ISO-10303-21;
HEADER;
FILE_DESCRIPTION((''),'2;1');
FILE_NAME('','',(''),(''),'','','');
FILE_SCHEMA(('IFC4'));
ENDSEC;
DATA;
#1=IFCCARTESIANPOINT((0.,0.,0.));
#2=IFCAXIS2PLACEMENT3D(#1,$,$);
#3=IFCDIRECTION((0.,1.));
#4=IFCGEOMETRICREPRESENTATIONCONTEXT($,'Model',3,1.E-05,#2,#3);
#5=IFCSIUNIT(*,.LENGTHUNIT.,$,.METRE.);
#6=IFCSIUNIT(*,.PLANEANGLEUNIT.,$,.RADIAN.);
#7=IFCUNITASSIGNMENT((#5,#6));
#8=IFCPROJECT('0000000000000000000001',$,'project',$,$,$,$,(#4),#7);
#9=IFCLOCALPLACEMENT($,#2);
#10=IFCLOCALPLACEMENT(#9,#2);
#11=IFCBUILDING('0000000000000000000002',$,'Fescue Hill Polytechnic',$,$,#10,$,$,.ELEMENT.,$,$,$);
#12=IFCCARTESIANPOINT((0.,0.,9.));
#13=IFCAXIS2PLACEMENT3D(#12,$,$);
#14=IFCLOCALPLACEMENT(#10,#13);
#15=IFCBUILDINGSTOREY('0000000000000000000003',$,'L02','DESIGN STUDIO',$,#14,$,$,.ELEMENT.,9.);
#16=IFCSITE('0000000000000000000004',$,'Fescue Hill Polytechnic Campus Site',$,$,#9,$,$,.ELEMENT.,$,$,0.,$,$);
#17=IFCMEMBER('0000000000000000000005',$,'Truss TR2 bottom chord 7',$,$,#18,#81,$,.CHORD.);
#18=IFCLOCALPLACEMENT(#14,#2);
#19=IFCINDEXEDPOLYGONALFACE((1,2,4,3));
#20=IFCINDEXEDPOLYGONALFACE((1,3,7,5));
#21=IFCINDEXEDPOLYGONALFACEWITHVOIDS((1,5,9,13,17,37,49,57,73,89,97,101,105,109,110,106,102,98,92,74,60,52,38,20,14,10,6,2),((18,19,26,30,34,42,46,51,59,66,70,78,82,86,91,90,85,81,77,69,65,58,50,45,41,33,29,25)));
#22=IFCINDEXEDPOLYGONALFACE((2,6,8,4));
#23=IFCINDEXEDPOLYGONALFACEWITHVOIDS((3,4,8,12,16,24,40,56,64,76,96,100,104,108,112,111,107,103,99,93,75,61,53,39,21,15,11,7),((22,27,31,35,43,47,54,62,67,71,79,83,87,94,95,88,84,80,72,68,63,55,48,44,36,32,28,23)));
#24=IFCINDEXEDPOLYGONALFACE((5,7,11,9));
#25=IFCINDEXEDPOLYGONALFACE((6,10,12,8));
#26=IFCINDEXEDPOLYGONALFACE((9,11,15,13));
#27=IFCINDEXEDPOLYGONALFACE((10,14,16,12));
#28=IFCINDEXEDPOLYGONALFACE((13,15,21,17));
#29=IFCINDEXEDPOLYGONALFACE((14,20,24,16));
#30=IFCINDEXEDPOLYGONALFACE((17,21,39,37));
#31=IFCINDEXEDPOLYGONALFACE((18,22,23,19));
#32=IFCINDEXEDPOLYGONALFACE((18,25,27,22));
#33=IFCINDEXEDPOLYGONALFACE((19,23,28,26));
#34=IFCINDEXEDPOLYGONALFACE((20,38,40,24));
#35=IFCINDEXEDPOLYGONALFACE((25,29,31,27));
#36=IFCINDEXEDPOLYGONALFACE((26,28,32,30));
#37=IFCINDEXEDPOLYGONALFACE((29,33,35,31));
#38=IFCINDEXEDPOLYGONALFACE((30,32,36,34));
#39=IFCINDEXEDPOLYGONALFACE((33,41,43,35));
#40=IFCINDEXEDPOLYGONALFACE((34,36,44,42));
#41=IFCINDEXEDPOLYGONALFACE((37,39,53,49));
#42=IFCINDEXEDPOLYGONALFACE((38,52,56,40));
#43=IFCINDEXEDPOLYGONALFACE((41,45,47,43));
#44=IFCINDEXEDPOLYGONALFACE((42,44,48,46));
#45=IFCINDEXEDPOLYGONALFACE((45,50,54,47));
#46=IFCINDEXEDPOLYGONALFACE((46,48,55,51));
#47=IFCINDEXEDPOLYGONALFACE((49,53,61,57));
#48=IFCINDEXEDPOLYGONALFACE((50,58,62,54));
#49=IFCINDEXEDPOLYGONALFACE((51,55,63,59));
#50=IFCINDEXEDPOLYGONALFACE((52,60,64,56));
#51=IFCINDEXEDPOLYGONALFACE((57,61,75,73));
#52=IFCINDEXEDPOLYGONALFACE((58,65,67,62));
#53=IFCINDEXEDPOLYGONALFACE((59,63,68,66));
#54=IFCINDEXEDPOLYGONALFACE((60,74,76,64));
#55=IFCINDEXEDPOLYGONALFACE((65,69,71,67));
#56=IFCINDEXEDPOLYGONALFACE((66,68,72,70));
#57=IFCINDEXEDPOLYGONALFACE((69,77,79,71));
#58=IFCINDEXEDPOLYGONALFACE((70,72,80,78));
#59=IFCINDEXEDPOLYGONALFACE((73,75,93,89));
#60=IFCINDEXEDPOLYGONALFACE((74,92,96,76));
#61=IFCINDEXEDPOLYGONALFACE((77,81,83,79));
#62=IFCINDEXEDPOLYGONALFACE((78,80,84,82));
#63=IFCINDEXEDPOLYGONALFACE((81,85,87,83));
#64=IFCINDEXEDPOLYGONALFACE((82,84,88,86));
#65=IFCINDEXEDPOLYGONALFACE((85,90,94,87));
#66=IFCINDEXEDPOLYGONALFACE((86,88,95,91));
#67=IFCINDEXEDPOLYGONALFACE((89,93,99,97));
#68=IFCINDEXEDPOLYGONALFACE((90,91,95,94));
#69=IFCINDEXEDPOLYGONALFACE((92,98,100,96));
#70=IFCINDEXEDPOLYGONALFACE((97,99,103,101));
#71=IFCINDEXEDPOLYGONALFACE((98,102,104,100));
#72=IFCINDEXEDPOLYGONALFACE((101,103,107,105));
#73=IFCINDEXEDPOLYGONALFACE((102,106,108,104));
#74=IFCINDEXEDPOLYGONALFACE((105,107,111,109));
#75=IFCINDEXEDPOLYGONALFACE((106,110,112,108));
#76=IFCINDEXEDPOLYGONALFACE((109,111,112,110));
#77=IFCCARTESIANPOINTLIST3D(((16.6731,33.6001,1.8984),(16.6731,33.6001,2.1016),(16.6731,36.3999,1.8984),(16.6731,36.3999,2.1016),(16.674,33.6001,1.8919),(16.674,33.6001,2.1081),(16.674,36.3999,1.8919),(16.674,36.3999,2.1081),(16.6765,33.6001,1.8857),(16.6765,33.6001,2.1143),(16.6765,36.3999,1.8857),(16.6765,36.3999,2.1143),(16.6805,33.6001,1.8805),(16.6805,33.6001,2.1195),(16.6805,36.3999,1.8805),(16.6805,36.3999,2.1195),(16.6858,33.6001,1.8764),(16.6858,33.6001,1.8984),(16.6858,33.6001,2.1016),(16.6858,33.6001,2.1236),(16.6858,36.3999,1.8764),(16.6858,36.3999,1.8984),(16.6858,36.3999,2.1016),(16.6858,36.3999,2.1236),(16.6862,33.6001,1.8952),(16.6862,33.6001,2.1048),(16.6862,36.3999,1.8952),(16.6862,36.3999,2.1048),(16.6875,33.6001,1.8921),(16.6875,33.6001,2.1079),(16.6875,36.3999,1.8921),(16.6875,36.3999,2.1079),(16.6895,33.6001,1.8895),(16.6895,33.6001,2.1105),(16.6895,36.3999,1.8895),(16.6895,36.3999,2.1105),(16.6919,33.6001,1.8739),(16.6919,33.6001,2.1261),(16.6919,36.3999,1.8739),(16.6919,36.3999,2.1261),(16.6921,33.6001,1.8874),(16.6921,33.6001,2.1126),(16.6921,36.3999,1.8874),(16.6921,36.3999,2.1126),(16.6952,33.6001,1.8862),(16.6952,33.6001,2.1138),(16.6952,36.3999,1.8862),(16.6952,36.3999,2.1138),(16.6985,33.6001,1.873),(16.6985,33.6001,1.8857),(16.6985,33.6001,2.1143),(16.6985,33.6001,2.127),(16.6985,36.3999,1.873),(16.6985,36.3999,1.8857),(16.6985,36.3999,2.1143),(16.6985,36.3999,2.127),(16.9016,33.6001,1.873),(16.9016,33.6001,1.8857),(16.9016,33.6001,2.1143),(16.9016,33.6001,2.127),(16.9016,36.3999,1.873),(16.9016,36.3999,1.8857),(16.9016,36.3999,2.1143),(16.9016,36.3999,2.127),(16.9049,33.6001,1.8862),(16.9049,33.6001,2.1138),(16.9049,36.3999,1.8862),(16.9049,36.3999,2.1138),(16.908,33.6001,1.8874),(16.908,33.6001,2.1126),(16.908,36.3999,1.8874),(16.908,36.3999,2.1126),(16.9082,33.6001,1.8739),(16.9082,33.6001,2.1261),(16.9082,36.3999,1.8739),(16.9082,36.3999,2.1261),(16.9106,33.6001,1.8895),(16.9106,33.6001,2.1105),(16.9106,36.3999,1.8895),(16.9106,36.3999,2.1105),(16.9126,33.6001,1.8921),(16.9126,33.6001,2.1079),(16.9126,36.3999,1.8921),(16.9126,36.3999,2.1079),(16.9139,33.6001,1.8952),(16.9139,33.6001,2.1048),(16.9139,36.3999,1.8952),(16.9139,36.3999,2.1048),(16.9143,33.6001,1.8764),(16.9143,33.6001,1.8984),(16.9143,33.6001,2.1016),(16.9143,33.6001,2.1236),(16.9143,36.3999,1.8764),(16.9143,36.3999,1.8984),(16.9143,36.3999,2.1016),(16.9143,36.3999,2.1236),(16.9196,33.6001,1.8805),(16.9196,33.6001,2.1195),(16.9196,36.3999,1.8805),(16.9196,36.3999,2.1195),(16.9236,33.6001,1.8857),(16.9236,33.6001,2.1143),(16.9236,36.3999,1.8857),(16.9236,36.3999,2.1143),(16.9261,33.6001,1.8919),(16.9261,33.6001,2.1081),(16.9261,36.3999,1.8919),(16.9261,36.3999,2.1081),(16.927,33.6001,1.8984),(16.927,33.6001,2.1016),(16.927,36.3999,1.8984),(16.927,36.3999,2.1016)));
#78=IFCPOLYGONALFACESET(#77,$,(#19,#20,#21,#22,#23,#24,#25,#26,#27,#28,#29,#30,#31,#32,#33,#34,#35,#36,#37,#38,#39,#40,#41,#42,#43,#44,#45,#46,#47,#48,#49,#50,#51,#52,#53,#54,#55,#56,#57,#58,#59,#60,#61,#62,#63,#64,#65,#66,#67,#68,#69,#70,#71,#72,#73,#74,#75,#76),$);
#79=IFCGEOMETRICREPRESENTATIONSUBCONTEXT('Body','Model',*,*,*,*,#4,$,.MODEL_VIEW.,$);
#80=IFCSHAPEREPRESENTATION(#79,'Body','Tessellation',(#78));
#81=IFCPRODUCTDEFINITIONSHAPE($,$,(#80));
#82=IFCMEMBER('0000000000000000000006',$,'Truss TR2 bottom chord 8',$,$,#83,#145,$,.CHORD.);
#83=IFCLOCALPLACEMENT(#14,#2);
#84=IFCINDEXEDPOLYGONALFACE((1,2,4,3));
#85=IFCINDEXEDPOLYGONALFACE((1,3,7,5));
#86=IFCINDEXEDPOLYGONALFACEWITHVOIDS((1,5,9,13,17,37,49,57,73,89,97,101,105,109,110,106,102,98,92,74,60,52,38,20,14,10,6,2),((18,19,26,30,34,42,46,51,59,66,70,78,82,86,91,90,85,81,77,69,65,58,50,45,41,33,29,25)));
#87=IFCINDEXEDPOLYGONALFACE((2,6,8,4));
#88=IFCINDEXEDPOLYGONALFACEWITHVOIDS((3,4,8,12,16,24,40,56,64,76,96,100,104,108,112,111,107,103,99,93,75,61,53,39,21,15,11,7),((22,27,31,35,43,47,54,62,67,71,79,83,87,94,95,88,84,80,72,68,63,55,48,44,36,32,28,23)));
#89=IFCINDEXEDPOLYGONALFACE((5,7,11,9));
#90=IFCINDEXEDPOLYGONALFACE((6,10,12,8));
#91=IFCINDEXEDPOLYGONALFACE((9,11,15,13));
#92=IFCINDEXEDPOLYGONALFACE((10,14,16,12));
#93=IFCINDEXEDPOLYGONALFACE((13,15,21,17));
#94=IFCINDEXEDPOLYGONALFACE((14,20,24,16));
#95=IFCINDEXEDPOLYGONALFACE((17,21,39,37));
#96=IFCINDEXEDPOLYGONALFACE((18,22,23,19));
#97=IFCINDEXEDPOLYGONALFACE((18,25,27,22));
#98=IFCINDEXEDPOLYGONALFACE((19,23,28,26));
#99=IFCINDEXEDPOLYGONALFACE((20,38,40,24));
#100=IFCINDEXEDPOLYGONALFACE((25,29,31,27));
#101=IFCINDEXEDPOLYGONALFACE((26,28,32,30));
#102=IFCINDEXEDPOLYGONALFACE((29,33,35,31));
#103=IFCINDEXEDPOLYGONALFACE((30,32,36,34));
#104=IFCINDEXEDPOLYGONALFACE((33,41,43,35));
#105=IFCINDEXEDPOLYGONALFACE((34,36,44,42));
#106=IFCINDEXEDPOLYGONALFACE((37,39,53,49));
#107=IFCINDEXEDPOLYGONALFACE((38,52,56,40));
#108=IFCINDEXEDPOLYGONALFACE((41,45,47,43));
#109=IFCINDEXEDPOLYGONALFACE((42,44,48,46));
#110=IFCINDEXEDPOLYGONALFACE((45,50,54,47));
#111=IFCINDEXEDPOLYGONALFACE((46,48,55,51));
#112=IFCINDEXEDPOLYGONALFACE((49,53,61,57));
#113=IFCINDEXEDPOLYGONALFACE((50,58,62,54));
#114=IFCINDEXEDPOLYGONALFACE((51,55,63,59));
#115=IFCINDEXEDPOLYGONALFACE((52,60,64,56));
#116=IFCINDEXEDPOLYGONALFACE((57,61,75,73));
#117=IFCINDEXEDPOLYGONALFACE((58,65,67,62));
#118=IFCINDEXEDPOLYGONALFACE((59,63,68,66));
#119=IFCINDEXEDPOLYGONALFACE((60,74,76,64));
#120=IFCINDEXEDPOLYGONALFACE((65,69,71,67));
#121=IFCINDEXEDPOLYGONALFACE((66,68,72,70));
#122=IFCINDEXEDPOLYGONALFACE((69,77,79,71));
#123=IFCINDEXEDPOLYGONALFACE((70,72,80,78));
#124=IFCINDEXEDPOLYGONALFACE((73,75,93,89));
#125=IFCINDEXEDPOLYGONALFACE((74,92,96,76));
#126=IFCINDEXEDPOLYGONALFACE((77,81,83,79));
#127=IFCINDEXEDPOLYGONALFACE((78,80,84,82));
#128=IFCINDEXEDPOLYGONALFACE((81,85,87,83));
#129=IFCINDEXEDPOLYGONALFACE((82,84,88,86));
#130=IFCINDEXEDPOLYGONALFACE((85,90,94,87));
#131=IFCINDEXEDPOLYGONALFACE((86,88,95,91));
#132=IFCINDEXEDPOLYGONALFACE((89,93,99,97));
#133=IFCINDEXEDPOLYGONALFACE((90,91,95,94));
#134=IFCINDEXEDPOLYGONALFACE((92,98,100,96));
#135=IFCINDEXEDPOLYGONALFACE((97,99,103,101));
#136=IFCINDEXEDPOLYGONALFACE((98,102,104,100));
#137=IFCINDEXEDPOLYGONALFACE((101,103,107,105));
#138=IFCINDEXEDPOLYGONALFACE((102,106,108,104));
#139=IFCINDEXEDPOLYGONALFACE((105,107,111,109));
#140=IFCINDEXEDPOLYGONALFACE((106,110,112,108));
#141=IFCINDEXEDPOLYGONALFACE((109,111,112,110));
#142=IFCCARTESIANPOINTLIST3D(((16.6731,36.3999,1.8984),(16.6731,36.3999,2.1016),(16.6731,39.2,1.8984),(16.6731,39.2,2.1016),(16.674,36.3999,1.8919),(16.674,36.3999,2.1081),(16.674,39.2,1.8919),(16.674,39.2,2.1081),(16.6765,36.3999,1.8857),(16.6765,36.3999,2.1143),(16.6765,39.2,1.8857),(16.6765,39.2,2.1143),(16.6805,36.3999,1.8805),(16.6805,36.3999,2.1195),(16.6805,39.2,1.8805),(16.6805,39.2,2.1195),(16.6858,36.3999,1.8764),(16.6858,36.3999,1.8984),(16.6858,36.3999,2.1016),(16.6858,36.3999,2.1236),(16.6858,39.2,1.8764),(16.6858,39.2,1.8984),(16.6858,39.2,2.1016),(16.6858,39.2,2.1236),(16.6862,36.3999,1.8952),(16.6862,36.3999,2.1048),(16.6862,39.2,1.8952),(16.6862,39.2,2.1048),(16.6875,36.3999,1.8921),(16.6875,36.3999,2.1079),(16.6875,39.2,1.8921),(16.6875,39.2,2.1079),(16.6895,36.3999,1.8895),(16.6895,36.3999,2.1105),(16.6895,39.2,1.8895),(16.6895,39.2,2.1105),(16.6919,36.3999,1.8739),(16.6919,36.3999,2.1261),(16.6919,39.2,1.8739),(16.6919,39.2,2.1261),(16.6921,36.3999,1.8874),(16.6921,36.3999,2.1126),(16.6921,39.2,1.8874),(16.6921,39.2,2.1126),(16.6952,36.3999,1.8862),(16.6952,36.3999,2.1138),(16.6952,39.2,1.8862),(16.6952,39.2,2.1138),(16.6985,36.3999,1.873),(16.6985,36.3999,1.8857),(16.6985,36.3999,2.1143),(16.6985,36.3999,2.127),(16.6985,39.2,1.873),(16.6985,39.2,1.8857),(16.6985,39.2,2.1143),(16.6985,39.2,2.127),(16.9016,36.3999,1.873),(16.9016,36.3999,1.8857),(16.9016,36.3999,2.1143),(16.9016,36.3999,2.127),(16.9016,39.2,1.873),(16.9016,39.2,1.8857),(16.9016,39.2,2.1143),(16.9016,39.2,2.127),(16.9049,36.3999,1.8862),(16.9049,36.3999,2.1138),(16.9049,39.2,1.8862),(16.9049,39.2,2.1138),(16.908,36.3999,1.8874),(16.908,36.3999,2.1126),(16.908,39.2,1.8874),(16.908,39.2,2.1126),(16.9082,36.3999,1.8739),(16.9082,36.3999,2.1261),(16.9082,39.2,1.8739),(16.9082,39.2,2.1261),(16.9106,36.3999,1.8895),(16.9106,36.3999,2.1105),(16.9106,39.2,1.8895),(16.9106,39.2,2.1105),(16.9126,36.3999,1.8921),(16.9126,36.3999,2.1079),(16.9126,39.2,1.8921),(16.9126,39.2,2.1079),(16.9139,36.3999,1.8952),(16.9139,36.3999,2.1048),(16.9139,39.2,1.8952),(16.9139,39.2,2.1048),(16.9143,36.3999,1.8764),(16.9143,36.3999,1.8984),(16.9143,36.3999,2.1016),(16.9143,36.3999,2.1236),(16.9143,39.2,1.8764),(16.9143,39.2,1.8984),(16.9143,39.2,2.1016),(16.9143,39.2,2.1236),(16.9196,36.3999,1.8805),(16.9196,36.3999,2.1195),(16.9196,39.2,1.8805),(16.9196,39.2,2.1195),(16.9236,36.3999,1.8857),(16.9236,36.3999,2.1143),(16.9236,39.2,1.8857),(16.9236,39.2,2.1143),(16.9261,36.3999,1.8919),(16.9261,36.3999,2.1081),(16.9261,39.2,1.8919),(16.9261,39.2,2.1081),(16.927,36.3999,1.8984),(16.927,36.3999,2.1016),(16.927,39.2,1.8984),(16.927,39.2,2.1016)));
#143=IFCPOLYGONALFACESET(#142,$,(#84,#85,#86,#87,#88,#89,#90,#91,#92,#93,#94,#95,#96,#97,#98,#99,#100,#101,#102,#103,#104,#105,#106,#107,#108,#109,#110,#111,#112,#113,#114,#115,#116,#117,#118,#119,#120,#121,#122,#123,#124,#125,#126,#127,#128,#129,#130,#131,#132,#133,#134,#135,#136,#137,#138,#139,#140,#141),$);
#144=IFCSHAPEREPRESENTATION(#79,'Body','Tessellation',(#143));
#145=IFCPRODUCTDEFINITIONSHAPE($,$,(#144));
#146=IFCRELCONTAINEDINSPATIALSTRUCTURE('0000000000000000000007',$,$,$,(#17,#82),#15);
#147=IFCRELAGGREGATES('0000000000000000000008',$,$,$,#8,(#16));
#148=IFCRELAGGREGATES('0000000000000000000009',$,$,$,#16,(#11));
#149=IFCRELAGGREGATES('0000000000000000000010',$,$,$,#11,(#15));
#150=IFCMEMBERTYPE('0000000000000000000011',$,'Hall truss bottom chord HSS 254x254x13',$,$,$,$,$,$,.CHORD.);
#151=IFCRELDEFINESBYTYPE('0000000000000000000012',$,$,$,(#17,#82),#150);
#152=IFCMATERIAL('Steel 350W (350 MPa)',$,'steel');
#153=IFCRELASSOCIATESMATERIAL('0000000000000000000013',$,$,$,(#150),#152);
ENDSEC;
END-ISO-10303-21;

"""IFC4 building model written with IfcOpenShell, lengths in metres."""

from ifc_helpers import new_model, si_unit, direction, frame, origin, origin_2d, place, context, subcontext, project, spatial, hollow_rectangle, extrude, material, material_profile, profile_set, type_object, element, save


model = new_model("IFC4")

# Units and contexts
model_context = context("Model", 3, precision=1e-05, world=origin(), true_north=direction((0.0, 1.0)))
body_context = subcontext(model_context, "Body", "Model", "MODEL_VIEW")
ifc_project = project(units=[si_unit("LENGTHUNIT", "METRE"), si_unit("PLANEANGLEUNIT", "RADIAN")], contexts=[model_context])

# Site, building, storey
site_placement = place(None, origin())
site = spatial("IfcSite", under=ifc_project, at=site_placement, Name="Fescue Hill Polytechnic Campus Site", CompositionType="ELEMENT", RefElevation=0.0)
building_placement = place(site_placement, origin())
building = spatial("IfcBuilding", under=site, at=building_placement, Name="Fescue Hill Polytechnic", CompositionType="ELEMENT")
storey_placement = place(building_placement, frame((0.0, 0.0, 9.0)))
storey = spatial("IfcBuildingStorey", under=building, at=storey_placement, Name="L02", Description="DESIGN STUDIO", CompositionType="ELEMENT", Elevation=9.0)

# Members
ifc_material = material(Name="Steel 350W (350 MPa)", Category="steel")
ifc_material_profile_1 = material_profile(ifc_material, hollow_rectangle(XDim=0.2539, YDim=0.2539, WallThickness=0.0127, InnerFilletRadius=0.0127, OuterFilletRadius=0.0254, at=origin_2d()), Name="Hall truss bottom chord HSS 254x254x13")
ifc_profile_set_1 = profile_set([ifc_material_profile_1], Name="Steel 350W (350 MPa)")
member_type_1 = type_object("IfcMemberType", Name="Hall truss bottom chord HSS 254x254x13", PredefinedType="CHORD", material=ifc_profile_set_1)
member_1_placement = place(storey_placement, frame((16.8, 33.6001, 2.0), z_axis=(0.0, 1.0, 0.0), x_axis=(-1.0, 0.0, 0.0)))
element("IfcMember", 1, at=member_1_placement, inside=storey, type_object=member_type_1, Name="Truss TR2 bottom chord 7", PredefinedType="CHORD", context=body_context, shape_type="SweptSolid", body=[
    extrude(hollow_rectangle(XDim=0.2539, YDim=0.2539, WallThickness=0.0127, InnerFilletRadius=0.0127, OuterFilletRadius=0.0254, at=origin_2d()), origin(), (0.0, 0.0, 1.0), 2.7998),
])
for number, where, z_axis, x_axis, name in (
    (2, (16.8, 36.3999, 2.0), (0.0, 1.0, 0.0), (-1.0, 0.0, 0.0), "Truss TR2 bottom chord 8"),
):
    element("IfcMember", number, at=place(storey_placement, frame(where, z_axis=z_axis, x_axis=x_axis)), inside=storey, type_object=member_type_1, Name=name, PredefinedType="CHORD", context=body_context, shape_type="SweptSolid", body=[
        extrude(hollow_rectangle(XDim=0.2539, YDim=0.2539, WallThickness=0.0127, InnerFilletRadius=0.0127, OuterFilletRadius=0.0254, at=origin_2d()), origin(), (0.0, 0.0, 1.0), 2.8),
    ])

save(model, "model.ifc")
